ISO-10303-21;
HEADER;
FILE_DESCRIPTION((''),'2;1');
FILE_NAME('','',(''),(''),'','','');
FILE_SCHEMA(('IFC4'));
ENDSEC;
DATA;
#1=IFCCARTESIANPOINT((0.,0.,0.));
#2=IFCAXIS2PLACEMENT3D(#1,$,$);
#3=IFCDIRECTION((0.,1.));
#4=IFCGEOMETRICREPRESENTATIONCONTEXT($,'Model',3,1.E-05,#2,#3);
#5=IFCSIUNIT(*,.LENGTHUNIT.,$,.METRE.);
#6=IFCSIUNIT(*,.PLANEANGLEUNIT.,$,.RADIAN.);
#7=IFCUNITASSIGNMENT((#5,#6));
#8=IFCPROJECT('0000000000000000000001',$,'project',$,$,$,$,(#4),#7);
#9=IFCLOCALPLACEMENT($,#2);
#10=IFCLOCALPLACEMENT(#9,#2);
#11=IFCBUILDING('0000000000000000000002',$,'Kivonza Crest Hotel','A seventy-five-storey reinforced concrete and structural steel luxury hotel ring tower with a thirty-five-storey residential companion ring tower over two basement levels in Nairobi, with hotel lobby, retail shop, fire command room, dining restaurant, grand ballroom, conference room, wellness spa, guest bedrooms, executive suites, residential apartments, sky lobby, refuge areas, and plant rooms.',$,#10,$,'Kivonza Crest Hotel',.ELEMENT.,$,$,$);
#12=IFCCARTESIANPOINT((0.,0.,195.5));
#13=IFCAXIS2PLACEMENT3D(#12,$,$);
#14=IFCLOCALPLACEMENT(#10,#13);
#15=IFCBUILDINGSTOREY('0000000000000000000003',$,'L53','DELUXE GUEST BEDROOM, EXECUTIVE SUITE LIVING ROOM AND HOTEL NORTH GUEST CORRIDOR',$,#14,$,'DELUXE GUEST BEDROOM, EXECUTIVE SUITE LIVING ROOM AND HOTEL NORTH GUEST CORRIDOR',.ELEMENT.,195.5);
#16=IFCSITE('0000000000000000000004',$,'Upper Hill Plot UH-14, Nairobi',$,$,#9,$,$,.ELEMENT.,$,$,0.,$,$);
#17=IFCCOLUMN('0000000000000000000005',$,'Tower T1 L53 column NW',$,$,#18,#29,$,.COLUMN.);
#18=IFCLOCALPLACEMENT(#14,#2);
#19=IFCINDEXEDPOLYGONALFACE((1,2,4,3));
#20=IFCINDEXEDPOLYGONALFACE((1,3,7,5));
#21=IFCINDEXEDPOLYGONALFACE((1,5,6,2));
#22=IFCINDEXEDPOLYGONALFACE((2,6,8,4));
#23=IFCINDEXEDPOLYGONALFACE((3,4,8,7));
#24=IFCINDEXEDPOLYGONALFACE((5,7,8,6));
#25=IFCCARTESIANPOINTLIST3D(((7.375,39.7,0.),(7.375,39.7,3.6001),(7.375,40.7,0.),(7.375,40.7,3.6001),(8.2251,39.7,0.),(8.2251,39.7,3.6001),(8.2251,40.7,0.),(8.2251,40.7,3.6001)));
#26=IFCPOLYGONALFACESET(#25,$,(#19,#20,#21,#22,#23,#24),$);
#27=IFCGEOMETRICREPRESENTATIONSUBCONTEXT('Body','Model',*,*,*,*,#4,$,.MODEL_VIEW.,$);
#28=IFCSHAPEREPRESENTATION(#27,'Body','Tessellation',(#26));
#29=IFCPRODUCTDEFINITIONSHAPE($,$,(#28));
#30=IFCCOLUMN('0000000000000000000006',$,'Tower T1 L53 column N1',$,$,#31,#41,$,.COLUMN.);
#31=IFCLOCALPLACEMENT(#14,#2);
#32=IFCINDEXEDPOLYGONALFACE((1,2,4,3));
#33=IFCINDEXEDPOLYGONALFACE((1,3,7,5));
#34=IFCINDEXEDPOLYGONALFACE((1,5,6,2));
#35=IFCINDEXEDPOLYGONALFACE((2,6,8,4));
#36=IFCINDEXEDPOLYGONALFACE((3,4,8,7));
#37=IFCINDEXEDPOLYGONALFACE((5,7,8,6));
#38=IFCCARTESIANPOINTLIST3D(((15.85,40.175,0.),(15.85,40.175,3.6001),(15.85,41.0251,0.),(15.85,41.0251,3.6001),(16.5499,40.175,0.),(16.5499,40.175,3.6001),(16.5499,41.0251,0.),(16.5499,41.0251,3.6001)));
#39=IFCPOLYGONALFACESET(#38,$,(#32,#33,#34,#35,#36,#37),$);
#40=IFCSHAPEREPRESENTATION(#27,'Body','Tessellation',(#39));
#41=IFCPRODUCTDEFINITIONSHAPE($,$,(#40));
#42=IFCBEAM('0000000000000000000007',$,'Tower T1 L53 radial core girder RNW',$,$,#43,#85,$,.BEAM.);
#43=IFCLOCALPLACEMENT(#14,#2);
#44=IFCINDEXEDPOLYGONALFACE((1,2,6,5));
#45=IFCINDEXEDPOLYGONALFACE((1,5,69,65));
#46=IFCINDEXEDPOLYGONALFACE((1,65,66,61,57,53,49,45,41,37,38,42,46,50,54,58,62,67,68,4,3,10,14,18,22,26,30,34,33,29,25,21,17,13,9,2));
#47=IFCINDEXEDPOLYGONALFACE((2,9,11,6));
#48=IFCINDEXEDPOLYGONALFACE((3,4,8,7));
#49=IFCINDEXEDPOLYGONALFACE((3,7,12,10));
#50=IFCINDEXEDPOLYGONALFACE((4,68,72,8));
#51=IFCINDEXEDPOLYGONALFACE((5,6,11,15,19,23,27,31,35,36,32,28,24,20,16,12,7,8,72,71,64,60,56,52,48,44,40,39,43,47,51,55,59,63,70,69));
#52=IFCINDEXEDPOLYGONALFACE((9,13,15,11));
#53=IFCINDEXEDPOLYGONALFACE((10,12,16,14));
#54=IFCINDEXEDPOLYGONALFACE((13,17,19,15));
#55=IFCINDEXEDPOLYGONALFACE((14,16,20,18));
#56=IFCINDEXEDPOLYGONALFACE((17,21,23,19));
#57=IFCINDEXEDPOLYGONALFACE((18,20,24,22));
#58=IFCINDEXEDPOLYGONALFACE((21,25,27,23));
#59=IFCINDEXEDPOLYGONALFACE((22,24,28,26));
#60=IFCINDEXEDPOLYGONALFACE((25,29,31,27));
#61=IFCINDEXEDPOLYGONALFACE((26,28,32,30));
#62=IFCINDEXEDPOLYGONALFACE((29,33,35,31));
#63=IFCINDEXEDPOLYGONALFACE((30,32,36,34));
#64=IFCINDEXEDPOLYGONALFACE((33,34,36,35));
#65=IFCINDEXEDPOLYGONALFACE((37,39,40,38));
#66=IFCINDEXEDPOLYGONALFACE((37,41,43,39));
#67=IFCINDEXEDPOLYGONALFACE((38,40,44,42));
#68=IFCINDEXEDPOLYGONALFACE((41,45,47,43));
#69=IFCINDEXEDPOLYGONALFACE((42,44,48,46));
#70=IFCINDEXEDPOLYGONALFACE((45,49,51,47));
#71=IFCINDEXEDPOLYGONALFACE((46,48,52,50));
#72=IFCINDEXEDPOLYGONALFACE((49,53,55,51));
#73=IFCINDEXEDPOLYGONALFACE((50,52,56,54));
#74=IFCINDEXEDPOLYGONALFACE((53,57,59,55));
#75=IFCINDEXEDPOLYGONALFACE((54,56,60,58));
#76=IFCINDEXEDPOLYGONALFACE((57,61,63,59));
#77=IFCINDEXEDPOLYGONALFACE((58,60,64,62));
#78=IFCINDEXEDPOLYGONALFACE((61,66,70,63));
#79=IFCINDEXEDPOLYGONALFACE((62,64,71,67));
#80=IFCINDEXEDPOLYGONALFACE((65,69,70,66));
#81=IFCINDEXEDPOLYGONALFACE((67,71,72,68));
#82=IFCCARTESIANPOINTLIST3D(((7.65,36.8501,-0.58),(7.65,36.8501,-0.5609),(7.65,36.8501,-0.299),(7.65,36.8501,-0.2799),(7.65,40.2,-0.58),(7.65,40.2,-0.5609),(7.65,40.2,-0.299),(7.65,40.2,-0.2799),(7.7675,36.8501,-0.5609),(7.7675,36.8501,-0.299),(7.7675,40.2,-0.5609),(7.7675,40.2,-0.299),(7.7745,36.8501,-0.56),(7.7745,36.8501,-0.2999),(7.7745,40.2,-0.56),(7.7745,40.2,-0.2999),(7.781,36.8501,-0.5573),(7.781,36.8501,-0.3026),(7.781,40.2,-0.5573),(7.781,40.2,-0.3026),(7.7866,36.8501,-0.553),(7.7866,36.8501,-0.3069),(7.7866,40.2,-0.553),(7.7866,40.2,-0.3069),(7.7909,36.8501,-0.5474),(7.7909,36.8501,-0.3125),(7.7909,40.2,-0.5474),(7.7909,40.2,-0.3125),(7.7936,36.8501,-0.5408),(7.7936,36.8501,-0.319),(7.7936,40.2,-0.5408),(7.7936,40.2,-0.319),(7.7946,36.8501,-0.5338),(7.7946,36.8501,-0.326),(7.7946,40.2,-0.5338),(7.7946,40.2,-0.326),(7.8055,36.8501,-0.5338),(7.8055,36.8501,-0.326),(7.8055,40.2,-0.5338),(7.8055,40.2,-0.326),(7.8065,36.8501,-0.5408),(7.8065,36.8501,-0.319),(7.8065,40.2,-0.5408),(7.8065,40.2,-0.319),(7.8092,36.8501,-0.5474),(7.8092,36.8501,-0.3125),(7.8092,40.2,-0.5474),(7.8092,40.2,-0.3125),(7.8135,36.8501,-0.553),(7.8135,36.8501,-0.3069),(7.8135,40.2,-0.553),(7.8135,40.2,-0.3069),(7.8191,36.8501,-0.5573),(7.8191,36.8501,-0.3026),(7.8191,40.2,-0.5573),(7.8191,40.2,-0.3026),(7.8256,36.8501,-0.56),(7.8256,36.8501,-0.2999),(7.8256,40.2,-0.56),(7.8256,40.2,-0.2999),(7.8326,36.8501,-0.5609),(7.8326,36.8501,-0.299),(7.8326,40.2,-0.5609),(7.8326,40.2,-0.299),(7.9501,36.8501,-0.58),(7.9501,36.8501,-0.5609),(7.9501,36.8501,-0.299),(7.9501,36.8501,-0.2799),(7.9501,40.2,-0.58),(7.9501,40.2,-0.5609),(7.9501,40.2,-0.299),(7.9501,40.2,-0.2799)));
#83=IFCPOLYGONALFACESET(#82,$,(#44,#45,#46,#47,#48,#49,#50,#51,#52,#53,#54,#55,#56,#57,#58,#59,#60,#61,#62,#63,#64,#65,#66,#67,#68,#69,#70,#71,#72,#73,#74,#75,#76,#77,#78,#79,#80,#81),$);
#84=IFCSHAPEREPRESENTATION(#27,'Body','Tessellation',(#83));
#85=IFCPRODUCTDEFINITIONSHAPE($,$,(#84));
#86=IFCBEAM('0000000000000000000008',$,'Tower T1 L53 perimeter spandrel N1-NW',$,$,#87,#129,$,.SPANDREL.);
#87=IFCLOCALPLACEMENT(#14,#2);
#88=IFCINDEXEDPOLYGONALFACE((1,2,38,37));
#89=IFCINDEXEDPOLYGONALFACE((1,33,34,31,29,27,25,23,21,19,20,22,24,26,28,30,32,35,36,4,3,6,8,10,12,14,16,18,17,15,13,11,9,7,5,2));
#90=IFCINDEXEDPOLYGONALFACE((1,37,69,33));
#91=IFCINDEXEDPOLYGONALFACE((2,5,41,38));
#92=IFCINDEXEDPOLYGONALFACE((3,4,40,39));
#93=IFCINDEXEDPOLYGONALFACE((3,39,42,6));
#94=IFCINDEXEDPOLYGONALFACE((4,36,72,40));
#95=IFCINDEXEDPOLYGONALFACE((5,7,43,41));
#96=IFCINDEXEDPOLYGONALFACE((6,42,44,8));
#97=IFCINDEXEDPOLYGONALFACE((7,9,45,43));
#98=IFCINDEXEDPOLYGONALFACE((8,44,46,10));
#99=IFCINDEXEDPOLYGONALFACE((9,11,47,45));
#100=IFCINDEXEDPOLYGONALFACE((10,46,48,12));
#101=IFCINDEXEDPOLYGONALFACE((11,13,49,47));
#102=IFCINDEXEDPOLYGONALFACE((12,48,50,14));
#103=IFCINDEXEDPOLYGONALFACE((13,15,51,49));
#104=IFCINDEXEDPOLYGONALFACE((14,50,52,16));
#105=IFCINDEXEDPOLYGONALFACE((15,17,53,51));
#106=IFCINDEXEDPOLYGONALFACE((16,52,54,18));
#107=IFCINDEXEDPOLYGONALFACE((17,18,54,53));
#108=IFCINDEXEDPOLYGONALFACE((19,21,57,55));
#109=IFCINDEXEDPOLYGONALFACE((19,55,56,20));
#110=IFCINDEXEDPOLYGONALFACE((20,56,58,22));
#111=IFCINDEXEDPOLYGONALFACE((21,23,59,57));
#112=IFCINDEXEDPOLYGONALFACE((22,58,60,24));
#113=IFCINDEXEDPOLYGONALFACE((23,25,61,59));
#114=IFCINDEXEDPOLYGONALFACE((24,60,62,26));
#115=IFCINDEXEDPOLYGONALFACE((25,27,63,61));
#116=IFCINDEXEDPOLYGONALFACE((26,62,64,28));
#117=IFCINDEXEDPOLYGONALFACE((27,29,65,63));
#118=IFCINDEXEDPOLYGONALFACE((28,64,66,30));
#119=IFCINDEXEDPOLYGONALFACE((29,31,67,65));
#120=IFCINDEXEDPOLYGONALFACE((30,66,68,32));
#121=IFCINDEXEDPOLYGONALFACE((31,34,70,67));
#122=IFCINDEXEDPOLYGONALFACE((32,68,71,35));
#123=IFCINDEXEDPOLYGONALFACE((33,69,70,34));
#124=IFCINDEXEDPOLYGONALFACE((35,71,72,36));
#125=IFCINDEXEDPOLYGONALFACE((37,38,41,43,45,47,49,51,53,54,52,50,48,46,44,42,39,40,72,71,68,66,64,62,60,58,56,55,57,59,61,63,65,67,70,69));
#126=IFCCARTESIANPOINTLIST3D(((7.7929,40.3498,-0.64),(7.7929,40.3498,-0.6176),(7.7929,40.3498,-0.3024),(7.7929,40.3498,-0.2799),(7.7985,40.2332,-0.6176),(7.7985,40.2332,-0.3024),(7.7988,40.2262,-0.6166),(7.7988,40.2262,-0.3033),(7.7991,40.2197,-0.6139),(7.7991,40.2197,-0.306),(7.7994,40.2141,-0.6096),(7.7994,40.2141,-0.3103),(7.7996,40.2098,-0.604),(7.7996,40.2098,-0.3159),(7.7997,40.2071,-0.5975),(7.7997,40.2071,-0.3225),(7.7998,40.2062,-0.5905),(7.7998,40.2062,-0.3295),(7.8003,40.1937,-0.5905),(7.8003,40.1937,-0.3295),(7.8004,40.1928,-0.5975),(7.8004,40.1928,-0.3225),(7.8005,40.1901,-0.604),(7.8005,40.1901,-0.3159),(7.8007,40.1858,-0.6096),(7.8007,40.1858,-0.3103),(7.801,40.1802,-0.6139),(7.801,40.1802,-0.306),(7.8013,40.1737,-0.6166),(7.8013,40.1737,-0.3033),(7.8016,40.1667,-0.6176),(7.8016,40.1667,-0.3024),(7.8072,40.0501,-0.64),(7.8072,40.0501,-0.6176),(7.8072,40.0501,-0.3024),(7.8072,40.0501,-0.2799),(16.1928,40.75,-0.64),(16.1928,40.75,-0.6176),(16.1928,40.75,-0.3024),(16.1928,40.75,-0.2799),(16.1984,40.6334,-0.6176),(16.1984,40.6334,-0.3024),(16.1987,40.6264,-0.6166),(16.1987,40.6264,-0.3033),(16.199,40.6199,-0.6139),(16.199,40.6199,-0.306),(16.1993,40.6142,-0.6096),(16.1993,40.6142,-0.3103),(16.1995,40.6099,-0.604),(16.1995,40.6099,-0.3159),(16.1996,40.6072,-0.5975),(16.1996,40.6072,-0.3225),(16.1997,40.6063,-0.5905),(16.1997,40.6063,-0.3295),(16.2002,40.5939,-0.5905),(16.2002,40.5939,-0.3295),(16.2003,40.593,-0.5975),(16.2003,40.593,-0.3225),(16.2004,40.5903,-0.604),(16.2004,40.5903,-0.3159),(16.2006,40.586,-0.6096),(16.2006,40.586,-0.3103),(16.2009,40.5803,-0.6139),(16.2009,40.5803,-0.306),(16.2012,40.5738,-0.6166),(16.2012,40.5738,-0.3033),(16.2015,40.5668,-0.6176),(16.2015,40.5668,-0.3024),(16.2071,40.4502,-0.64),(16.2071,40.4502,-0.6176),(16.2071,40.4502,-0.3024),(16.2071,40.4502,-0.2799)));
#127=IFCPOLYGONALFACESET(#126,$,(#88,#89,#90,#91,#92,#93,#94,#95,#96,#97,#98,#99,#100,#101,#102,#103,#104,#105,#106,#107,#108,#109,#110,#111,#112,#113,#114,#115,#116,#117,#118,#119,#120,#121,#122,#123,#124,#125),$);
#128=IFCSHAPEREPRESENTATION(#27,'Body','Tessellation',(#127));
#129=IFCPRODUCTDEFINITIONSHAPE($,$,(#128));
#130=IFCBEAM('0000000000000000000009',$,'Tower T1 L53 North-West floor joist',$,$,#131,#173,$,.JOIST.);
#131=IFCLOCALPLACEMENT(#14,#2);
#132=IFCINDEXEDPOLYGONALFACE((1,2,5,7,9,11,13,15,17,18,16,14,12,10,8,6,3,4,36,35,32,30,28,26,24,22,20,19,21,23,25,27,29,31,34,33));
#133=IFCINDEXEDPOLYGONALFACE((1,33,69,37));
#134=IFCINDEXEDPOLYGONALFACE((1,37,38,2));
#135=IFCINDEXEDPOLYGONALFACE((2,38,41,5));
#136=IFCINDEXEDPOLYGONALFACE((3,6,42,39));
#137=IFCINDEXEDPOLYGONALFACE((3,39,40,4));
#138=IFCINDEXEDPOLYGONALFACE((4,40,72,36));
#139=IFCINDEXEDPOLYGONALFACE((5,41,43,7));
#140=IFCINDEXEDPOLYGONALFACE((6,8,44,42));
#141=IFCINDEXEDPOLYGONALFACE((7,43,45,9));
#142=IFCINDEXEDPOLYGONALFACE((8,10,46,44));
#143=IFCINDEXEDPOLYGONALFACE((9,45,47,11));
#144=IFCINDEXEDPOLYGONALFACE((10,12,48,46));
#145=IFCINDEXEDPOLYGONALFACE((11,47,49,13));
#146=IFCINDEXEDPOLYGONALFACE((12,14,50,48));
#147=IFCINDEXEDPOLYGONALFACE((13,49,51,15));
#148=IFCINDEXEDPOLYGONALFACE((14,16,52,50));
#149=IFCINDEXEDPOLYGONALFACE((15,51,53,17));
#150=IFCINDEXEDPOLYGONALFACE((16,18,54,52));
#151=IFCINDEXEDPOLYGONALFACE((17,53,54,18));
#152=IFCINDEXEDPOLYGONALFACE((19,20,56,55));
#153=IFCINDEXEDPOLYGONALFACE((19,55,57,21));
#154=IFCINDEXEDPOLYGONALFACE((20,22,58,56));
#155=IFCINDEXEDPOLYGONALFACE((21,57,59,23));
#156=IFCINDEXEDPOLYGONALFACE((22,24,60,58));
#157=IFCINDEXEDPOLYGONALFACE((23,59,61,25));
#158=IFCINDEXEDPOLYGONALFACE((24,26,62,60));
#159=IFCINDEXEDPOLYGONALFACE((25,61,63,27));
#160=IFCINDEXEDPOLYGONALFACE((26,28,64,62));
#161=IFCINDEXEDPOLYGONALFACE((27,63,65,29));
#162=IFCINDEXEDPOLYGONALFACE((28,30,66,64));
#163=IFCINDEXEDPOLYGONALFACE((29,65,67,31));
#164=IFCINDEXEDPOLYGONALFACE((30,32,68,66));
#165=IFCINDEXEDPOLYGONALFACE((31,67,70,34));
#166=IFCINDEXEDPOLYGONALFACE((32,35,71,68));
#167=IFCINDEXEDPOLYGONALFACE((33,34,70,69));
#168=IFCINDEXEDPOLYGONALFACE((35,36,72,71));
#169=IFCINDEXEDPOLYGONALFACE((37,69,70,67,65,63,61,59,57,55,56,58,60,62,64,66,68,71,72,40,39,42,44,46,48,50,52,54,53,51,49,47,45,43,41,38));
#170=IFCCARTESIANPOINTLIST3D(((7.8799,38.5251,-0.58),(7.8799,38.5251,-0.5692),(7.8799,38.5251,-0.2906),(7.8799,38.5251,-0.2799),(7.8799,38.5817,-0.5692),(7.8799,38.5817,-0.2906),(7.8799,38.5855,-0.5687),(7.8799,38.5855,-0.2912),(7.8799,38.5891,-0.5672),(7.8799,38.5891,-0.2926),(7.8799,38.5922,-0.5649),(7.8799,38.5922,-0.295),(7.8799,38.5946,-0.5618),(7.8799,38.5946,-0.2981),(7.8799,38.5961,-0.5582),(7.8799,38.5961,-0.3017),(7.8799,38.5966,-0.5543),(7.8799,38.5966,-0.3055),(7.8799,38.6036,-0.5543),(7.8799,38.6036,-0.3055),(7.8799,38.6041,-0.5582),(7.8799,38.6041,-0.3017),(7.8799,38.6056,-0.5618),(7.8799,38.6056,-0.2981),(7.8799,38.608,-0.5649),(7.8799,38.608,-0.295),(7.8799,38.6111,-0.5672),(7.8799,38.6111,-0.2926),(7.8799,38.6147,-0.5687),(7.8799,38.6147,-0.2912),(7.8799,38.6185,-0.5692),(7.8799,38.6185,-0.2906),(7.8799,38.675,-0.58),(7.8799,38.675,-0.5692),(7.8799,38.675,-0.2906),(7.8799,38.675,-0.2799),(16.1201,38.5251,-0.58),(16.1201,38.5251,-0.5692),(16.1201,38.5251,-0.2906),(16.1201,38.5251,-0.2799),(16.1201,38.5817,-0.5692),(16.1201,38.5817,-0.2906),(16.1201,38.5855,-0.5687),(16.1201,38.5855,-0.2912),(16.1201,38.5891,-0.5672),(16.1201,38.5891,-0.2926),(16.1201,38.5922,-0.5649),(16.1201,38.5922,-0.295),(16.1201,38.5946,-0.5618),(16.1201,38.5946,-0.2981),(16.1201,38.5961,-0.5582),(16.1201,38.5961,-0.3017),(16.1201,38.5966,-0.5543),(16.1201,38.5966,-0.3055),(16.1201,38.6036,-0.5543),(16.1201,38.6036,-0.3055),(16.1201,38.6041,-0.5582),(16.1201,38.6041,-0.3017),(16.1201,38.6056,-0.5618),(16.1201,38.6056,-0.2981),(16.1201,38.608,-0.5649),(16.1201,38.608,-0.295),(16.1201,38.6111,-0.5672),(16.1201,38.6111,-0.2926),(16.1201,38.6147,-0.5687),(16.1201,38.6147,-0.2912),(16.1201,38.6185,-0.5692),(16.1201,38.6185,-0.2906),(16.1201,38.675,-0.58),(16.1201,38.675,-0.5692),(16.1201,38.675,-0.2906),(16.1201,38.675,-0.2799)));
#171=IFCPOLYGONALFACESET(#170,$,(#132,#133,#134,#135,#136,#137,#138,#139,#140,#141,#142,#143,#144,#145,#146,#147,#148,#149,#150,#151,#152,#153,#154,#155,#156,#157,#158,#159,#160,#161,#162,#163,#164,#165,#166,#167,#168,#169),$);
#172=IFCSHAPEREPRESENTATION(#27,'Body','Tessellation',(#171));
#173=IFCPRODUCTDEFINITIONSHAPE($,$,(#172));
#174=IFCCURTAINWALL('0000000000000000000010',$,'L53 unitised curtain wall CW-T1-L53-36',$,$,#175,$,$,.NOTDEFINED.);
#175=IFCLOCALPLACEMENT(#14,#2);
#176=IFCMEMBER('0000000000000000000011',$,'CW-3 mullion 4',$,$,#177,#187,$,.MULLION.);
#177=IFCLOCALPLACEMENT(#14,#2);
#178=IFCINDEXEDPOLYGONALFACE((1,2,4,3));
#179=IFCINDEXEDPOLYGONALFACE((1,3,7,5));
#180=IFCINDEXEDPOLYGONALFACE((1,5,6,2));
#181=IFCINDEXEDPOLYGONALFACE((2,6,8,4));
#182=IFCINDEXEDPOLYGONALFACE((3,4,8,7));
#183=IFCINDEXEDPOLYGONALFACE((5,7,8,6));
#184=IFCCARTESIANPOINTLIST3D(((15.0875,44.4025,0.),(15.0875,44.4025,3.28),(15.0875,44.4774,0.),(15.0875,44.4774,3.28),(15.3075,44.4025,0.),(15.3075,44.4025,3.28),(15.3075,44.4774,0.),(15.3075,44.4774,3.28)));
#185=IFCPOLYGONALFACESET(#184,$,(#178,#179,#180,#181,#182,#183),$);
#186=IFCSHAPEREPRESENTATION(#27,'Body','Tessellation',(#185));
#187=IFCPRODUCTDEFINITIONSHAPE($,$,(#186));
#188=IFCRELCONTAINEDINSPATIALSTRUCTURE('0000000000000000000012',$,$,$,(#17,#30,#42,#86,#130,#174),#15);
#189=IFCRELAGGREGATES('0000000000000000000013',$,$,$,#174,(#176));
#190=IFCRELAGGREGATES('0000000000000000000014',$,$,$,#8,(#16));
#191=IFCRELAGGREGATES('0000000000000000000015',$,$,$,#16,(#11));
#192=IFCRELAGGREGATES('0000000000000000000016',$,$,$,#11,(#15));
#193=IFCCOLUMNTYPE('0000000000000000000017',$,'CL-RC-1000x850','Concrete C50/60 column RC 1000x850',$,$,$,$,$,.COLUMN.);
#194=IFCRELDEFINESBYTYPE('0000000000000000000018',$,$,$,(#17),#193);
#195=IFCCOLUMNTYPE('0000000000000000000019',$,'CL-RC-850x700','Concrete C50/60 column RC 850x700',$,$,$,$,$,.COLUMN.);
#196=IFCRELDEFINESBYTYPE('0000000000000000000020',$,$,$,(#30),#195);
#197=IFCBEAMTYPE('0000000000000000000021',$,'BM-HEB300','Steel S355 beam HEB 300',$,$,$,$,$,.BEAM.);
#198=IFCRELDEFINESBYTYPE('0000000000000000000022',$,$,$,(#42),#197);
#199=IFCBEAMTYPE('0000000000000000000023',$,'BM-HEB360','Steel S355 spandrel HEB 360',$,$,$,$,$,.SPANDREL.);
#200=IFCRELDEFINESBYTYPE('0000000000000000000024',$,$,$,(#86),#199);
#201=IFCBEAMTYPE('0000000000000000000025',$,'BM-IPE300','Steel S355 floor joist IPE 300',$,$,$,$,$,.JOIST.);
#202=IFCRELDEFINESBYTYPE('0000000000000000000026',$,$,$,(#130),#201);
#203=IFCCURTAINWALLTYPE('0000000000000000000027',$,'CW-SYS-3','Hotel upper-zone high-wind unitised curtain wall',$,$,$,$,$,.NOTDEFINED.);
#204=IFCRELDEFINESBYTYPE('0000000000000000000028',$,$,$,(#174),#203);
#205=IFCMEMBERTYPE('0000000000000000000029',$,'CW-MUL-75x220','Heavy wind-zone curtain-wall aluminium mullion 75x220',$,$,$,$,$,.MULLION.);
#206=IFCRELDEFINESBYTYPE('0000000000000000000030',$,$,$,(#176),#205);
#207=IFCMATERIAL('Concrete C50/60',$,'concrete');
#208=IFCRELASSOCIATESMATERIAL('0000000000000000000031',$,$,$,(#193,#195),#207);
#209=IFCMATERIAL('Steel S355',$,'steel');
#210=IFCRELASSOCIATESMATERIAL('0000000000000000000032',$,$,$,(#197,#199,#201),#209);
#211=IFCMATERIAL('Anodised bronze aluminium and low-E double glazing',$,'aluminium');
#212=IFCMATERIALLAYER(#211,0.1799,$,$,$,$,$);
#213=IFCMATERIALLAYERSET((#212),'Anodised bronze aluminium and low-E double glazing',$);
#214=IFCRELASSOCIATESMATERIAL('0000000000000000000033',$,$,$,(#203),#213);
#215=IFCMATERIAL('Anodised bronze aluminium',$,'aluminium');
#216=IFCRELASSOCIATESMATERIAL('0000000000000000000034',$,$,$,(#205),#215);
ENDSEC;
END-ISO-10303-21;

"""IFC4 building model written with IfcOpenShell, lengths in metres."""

from ifc_helpers import new_model, si_unit, direction, frame, origin, origin_2d, place, context, subcontext, project, spatial, rectangle, i_section, extrude, material, layer, layer_set, material_profile, profile_set, type_object, element, aggregate, save


model = new_model("IFC4")

# Units and contexts
model_context = context("Model", 3, precision=1e-05, world=origin(), true_north=direction((0.0, 1.0)))
body_context = subcontext(model_context, "Body", "Model", "MODEL_VIEW")
ifc_project = project(units=[si_unit("LENGTHUNIT", "METRE"), si_unit("PLANEANGLEUNIT", "RADIAN")], contexts=[model_context])

# Site, building, storey
site_placement = place(None, origin())
site = spatial("IfcSite", under=ifc_project, at=site_placement, Name="Upper Hill Plot UH-14, Nairobi", CompositionType="ELEMENT", RefElevation=0.0)
building_placement = place(site_placement, origin())
building = spatial("IfcBuilding", under=site, at=building_placement, Name="Kivonza Crest Hotel", Description="A seventy-five-storey reinforced concrete and structural steel luxury hotel ring tower with a thirty-five-storey residential companion ring tower over two basement levels in Nairobi, with hotel lobby, retail shop, fire command room, dining restaurant, grand ballroom, conference room, wellness spa, guest bedrooms, executive suites, residential apartments, sky lobby, refuge areas, and plant rooms.", LongName="Kivonza Crest Hotel", CompositionType="ELEMENT")
storey_placement = place(building_placement, frame((0.0, 0.0, 195.5)))
storey = spatial("IfcBuildingStorey", under=building, at=storey_placement, Name="L53", Description="DELUXE GUEST BEDROOM, EXECUTIVE SUITE LIVING ROOM AND HOTEL NORTH GUEST CORRIDOR", LongName="DELUXE GUEST BEDROOM, EXECUTIVE SUITE LIVING ROOM AND HOTEL NORTH GUEST CORRIDOR", CompositionType="ELEMENT", Elevation=195.5)

# Columns
ifc_material_1 = material(Name="Concrete C50/60", Category="concrete")
ifc_material_profile_1 = material_profile(ifc_material_1, rectangle(XDim=0.8501, YDim=1.0, at=origin_2d()), Name="RC 1000x850")
ifc_profile_set_1 = profile_set([ifc_material_profile_1], Name="Concrete C50/60")
column_type_1 = type_object("IfcColumnType", Name="CL-RC-1000x850", Description="Concrete C50/60 column RC 1000x850", PredefinedType="COLUMN", material=ifc_profile_set_1)
column_1_placement = place(storey_placement, frame((7.8, 40.2, 0.0), z_axis=(0.0, 0.0, 1.0), x_axis=(1.0, 0.0, 0.0)))
element("IfcColumn", 1, at=column_1_placement, inside=storey, type_object=column_type_1, Name="Tower T1 L53 column NW", PredefinedType="COLUMN", context=body_context, shape_type="SweptSolid", body=[
    extrude(rectangle(XDim=0.8501, YDim=1.0, at=origin_2d()), origin(), (0.0, 0.0, 1.0), 3.6001),
])
ifc_material_profile_2 = material_profile(ifc_material_1, rectangle(XDim=0.7, YDim=0.8501, at=origin_2d()), Name="RC 850x700")
ifc_profile_set_2 = profile_set([ifc_material_profile_2], Name="Concrete C50/60")
column_type_2 = type_object("IfcColumnType", Name="CL-RC-850x700", Description="Concrete C50/60 column RC 850x700", PredefinedType="COLUMN", material=ifc_profile_set_2)
column_2_placement = place(storey_placement, frame((16.2, 40.6001, 0.0), z_axis=(0.0, 0.0, 1.0), x_axis=(1.0, 0.0, 0.0)))
element("IfcColumn", 2, at=column_2_placement, inside=storey, type_object=column_type_2, Name="Tower T1 L53 column N1", PredefinedType="COLUMN", context=body_context, shape_type="SweptSolid", body=[
    extrude(rectangle(XDim=0.7, YDim=0.8501, at=origin_2d()), origin(), (0.0, 0.0, 1.0), 3.6001),
])

# Beams
ifc_material_2 = material(Name="Steel S355", Category="steel")
ifc_material_profile_3 = material_profile(ifc_material_2, i_section(OverallWidth=0.3, OverallDepth=0.3, WebThickness=0.011, FlangeThickness=0.019, FilletRadius=0.0271, at=origin_2d()), Name="HEB 300")
ifc_profile_set_3 = profile_set([ifc_material_profile_3], Name="Steel S355")
beam_type_1 = type_object("IfcBeamType", Name="BM-HEB300", Description="Steel S355 beam HEB 300", PredefinedType="BEAM", material=ifc_profile_set_3)
beam_1_placement = place(storey_placement, frame((7.8, 40.2, -0.4299), z_axis=(0.0, -1.0, 0.0), x_axis=(1.0, 0.0, 0.0)))
element("IfcBeam", 3, at=beam_1_placement, inside=storey, type_object=beam_type_1, Name="Tower T1 L53 radial core girder RNW", PredefinedType="BEAM", context=body_context, shape_type="SweptSolid", body=[
    extrude(i_section(OverallWidth=0.3, OverallDepth=0.3, WebThickness=0.011, FlangeThickness=0.019, FilletRadius=0.0271, at=origin_2d()), origin(), (0.0, 0.0, 1.0), 3.3499),
])
ifc_material_profile_4 = material_profile(ifc_material_2, i_section(OverallWidth=0.3, OverallDepth=0.3601, WebThickness=0.0125, FlangeThickness=0.0225, FilletRadius=0.0271, at=origin_2d()), Name="HEB 360")
ifc_profile_set_4 = profile_set([ifc_material_profile_4], Name="Steel S355")
beam_type_2 = type_object("IfcBeamType", Name="BM-HEB360", Description="Steel S355 spandrel HEB 360", PredefinedType="SPANDREL", material=ifc_profile_set_4)
beam_2_placement = place(storey_placement, frame((16.2, 40.6001, -0.46), z_axis=(-0.998867, -0.047583, 0.0), x_axis=(0.047583, -0.998867, 0.0)))
element("IfcBeam", 4, at=beam_2_placement, inside=storey, type_object=beam_type_2, Name="Tower T1 L53 perimeter spandrel N1-NW", PredefinedType="SPANDREL", context=body_context, shape_type="SweptSolid", body=[
    extrude(i_section(OverallWidth=0.3, OverallDepth=0.3601, WebThickness=0.0125, FlangeThickness=0.0225, FilletRadius=0.0271, at=origin_2d()), origin(), (0.0, 0.0, 1.0), 8.4094),
])
ifc_material_profile_5 = material_profile(ifc_material_2, i_section(OverallWidth=0.1499, OverallDepth=0.3, WebThickness=0.0071, FlangeThickness=0.0107, FilletRadius=0.0149, at=origin_2d()), Name="IPE 300")
ifc_profile_set_5 = profile_set([ifc_material_profile_5], Name="Steel S355")
beam_type_3 = type_object("IfcBeamType", Name="BM-IPE300", Description="Steel S355 floor joist IPE 300", PredefinedType="JOIST", material=ifc_profile_set_5)
beam_3_placement = place(storey_placement, frame((7.8799, 38.6001, -0.4299), z_axis=(1.0, 0.0, 0.0), x_axis=(0.0, 1.0, 0.0)))
element("IfcBeam", 5, at=beam_3_placement, inside=storey, type_object=beam_type_3, Name="Tower T1 L53 North-West floor joist", PredefinedType="JOIST", context=body_context, shape_type="SweptSolid", body=[
    extrude(i_section(OverallWidth=0.1499, OverallDepth=0.3, WebThickness=0.0071, FlangeThickness=0.0107, FilletRadius=0.0149, at=origin_2d()), origin(), (0.0, 0.0, 1.0), 8.2402),
])

# Curtain wall, member
ifc_material_3 = material(Name="Anodised bronze aluminium and low-E double glazing", Category="aluminium")
ifc_layer_1 = layer(ifc_material_3, 0.1799)
ifc_layer_set_1 = layer_set([ifc_layer_1], Name="Anodised bronze aluminium and low-E double glazing")
curtain_wall_type = type_object("IfcCurtainWallType", Name="CW-SYS-3", Description="Hotel upper-zone high-wind unitised curtain wall", PredefinedType="NOTDEFINED", material=ifc_layer_set_1)
curtain_wall_placement = place(storey_placement, origin())
curtain_wall = element("IfcCurtainWall", 6, at=curtain_wall_placement, inside=storey, type_object=curtain_wall_type, Name="L53 unitised curtain wall CW-T1-L53-36", PredefinedType="NOTDEFINED")
ifc_material_4 = material(Name="Anodised bronze aluminium", Category="aluminium")
ifc_material_profile_6 = material_profile(ifc_material_4, rectangle(XDim=0.075, YDim=0.22, at=origin_2d()), Name="CW-M 75x220")
ifc_profile_set_6 = profile_set([ifc_material_profile_6], Name="Anodised bronze aluminium")
member_type = type_object("IfcMemberType", Name="CW-MUL-75x220", Description="Heavy wind-zone curtain-wall aluminium mullion 75x220", PredefinedType="MULLION", material=ifc_profile_set_6)
member_placement = place(storey_placement, frame((15.1975, 44.4399, 0.0), z_axis=(0.0, 0.0, 1.0), x_axis=(0.0, -1.0, 0.0)))
member = element("IfcMember", 7, at=member_placement, type_object=member_type, Name="CW-3 mullion 4", PredefinedType="MULLION", context=body_context, shape_type="SweptSolid", body=[
    extrude(rectangle(XDim=0.075, YDim=0.22, at=origin_2d()), origin(), (0.0, 0.0, 1.0), 3.28),
])
aggregate(curtain_wall, [member])

save(model, "model.ifc")
